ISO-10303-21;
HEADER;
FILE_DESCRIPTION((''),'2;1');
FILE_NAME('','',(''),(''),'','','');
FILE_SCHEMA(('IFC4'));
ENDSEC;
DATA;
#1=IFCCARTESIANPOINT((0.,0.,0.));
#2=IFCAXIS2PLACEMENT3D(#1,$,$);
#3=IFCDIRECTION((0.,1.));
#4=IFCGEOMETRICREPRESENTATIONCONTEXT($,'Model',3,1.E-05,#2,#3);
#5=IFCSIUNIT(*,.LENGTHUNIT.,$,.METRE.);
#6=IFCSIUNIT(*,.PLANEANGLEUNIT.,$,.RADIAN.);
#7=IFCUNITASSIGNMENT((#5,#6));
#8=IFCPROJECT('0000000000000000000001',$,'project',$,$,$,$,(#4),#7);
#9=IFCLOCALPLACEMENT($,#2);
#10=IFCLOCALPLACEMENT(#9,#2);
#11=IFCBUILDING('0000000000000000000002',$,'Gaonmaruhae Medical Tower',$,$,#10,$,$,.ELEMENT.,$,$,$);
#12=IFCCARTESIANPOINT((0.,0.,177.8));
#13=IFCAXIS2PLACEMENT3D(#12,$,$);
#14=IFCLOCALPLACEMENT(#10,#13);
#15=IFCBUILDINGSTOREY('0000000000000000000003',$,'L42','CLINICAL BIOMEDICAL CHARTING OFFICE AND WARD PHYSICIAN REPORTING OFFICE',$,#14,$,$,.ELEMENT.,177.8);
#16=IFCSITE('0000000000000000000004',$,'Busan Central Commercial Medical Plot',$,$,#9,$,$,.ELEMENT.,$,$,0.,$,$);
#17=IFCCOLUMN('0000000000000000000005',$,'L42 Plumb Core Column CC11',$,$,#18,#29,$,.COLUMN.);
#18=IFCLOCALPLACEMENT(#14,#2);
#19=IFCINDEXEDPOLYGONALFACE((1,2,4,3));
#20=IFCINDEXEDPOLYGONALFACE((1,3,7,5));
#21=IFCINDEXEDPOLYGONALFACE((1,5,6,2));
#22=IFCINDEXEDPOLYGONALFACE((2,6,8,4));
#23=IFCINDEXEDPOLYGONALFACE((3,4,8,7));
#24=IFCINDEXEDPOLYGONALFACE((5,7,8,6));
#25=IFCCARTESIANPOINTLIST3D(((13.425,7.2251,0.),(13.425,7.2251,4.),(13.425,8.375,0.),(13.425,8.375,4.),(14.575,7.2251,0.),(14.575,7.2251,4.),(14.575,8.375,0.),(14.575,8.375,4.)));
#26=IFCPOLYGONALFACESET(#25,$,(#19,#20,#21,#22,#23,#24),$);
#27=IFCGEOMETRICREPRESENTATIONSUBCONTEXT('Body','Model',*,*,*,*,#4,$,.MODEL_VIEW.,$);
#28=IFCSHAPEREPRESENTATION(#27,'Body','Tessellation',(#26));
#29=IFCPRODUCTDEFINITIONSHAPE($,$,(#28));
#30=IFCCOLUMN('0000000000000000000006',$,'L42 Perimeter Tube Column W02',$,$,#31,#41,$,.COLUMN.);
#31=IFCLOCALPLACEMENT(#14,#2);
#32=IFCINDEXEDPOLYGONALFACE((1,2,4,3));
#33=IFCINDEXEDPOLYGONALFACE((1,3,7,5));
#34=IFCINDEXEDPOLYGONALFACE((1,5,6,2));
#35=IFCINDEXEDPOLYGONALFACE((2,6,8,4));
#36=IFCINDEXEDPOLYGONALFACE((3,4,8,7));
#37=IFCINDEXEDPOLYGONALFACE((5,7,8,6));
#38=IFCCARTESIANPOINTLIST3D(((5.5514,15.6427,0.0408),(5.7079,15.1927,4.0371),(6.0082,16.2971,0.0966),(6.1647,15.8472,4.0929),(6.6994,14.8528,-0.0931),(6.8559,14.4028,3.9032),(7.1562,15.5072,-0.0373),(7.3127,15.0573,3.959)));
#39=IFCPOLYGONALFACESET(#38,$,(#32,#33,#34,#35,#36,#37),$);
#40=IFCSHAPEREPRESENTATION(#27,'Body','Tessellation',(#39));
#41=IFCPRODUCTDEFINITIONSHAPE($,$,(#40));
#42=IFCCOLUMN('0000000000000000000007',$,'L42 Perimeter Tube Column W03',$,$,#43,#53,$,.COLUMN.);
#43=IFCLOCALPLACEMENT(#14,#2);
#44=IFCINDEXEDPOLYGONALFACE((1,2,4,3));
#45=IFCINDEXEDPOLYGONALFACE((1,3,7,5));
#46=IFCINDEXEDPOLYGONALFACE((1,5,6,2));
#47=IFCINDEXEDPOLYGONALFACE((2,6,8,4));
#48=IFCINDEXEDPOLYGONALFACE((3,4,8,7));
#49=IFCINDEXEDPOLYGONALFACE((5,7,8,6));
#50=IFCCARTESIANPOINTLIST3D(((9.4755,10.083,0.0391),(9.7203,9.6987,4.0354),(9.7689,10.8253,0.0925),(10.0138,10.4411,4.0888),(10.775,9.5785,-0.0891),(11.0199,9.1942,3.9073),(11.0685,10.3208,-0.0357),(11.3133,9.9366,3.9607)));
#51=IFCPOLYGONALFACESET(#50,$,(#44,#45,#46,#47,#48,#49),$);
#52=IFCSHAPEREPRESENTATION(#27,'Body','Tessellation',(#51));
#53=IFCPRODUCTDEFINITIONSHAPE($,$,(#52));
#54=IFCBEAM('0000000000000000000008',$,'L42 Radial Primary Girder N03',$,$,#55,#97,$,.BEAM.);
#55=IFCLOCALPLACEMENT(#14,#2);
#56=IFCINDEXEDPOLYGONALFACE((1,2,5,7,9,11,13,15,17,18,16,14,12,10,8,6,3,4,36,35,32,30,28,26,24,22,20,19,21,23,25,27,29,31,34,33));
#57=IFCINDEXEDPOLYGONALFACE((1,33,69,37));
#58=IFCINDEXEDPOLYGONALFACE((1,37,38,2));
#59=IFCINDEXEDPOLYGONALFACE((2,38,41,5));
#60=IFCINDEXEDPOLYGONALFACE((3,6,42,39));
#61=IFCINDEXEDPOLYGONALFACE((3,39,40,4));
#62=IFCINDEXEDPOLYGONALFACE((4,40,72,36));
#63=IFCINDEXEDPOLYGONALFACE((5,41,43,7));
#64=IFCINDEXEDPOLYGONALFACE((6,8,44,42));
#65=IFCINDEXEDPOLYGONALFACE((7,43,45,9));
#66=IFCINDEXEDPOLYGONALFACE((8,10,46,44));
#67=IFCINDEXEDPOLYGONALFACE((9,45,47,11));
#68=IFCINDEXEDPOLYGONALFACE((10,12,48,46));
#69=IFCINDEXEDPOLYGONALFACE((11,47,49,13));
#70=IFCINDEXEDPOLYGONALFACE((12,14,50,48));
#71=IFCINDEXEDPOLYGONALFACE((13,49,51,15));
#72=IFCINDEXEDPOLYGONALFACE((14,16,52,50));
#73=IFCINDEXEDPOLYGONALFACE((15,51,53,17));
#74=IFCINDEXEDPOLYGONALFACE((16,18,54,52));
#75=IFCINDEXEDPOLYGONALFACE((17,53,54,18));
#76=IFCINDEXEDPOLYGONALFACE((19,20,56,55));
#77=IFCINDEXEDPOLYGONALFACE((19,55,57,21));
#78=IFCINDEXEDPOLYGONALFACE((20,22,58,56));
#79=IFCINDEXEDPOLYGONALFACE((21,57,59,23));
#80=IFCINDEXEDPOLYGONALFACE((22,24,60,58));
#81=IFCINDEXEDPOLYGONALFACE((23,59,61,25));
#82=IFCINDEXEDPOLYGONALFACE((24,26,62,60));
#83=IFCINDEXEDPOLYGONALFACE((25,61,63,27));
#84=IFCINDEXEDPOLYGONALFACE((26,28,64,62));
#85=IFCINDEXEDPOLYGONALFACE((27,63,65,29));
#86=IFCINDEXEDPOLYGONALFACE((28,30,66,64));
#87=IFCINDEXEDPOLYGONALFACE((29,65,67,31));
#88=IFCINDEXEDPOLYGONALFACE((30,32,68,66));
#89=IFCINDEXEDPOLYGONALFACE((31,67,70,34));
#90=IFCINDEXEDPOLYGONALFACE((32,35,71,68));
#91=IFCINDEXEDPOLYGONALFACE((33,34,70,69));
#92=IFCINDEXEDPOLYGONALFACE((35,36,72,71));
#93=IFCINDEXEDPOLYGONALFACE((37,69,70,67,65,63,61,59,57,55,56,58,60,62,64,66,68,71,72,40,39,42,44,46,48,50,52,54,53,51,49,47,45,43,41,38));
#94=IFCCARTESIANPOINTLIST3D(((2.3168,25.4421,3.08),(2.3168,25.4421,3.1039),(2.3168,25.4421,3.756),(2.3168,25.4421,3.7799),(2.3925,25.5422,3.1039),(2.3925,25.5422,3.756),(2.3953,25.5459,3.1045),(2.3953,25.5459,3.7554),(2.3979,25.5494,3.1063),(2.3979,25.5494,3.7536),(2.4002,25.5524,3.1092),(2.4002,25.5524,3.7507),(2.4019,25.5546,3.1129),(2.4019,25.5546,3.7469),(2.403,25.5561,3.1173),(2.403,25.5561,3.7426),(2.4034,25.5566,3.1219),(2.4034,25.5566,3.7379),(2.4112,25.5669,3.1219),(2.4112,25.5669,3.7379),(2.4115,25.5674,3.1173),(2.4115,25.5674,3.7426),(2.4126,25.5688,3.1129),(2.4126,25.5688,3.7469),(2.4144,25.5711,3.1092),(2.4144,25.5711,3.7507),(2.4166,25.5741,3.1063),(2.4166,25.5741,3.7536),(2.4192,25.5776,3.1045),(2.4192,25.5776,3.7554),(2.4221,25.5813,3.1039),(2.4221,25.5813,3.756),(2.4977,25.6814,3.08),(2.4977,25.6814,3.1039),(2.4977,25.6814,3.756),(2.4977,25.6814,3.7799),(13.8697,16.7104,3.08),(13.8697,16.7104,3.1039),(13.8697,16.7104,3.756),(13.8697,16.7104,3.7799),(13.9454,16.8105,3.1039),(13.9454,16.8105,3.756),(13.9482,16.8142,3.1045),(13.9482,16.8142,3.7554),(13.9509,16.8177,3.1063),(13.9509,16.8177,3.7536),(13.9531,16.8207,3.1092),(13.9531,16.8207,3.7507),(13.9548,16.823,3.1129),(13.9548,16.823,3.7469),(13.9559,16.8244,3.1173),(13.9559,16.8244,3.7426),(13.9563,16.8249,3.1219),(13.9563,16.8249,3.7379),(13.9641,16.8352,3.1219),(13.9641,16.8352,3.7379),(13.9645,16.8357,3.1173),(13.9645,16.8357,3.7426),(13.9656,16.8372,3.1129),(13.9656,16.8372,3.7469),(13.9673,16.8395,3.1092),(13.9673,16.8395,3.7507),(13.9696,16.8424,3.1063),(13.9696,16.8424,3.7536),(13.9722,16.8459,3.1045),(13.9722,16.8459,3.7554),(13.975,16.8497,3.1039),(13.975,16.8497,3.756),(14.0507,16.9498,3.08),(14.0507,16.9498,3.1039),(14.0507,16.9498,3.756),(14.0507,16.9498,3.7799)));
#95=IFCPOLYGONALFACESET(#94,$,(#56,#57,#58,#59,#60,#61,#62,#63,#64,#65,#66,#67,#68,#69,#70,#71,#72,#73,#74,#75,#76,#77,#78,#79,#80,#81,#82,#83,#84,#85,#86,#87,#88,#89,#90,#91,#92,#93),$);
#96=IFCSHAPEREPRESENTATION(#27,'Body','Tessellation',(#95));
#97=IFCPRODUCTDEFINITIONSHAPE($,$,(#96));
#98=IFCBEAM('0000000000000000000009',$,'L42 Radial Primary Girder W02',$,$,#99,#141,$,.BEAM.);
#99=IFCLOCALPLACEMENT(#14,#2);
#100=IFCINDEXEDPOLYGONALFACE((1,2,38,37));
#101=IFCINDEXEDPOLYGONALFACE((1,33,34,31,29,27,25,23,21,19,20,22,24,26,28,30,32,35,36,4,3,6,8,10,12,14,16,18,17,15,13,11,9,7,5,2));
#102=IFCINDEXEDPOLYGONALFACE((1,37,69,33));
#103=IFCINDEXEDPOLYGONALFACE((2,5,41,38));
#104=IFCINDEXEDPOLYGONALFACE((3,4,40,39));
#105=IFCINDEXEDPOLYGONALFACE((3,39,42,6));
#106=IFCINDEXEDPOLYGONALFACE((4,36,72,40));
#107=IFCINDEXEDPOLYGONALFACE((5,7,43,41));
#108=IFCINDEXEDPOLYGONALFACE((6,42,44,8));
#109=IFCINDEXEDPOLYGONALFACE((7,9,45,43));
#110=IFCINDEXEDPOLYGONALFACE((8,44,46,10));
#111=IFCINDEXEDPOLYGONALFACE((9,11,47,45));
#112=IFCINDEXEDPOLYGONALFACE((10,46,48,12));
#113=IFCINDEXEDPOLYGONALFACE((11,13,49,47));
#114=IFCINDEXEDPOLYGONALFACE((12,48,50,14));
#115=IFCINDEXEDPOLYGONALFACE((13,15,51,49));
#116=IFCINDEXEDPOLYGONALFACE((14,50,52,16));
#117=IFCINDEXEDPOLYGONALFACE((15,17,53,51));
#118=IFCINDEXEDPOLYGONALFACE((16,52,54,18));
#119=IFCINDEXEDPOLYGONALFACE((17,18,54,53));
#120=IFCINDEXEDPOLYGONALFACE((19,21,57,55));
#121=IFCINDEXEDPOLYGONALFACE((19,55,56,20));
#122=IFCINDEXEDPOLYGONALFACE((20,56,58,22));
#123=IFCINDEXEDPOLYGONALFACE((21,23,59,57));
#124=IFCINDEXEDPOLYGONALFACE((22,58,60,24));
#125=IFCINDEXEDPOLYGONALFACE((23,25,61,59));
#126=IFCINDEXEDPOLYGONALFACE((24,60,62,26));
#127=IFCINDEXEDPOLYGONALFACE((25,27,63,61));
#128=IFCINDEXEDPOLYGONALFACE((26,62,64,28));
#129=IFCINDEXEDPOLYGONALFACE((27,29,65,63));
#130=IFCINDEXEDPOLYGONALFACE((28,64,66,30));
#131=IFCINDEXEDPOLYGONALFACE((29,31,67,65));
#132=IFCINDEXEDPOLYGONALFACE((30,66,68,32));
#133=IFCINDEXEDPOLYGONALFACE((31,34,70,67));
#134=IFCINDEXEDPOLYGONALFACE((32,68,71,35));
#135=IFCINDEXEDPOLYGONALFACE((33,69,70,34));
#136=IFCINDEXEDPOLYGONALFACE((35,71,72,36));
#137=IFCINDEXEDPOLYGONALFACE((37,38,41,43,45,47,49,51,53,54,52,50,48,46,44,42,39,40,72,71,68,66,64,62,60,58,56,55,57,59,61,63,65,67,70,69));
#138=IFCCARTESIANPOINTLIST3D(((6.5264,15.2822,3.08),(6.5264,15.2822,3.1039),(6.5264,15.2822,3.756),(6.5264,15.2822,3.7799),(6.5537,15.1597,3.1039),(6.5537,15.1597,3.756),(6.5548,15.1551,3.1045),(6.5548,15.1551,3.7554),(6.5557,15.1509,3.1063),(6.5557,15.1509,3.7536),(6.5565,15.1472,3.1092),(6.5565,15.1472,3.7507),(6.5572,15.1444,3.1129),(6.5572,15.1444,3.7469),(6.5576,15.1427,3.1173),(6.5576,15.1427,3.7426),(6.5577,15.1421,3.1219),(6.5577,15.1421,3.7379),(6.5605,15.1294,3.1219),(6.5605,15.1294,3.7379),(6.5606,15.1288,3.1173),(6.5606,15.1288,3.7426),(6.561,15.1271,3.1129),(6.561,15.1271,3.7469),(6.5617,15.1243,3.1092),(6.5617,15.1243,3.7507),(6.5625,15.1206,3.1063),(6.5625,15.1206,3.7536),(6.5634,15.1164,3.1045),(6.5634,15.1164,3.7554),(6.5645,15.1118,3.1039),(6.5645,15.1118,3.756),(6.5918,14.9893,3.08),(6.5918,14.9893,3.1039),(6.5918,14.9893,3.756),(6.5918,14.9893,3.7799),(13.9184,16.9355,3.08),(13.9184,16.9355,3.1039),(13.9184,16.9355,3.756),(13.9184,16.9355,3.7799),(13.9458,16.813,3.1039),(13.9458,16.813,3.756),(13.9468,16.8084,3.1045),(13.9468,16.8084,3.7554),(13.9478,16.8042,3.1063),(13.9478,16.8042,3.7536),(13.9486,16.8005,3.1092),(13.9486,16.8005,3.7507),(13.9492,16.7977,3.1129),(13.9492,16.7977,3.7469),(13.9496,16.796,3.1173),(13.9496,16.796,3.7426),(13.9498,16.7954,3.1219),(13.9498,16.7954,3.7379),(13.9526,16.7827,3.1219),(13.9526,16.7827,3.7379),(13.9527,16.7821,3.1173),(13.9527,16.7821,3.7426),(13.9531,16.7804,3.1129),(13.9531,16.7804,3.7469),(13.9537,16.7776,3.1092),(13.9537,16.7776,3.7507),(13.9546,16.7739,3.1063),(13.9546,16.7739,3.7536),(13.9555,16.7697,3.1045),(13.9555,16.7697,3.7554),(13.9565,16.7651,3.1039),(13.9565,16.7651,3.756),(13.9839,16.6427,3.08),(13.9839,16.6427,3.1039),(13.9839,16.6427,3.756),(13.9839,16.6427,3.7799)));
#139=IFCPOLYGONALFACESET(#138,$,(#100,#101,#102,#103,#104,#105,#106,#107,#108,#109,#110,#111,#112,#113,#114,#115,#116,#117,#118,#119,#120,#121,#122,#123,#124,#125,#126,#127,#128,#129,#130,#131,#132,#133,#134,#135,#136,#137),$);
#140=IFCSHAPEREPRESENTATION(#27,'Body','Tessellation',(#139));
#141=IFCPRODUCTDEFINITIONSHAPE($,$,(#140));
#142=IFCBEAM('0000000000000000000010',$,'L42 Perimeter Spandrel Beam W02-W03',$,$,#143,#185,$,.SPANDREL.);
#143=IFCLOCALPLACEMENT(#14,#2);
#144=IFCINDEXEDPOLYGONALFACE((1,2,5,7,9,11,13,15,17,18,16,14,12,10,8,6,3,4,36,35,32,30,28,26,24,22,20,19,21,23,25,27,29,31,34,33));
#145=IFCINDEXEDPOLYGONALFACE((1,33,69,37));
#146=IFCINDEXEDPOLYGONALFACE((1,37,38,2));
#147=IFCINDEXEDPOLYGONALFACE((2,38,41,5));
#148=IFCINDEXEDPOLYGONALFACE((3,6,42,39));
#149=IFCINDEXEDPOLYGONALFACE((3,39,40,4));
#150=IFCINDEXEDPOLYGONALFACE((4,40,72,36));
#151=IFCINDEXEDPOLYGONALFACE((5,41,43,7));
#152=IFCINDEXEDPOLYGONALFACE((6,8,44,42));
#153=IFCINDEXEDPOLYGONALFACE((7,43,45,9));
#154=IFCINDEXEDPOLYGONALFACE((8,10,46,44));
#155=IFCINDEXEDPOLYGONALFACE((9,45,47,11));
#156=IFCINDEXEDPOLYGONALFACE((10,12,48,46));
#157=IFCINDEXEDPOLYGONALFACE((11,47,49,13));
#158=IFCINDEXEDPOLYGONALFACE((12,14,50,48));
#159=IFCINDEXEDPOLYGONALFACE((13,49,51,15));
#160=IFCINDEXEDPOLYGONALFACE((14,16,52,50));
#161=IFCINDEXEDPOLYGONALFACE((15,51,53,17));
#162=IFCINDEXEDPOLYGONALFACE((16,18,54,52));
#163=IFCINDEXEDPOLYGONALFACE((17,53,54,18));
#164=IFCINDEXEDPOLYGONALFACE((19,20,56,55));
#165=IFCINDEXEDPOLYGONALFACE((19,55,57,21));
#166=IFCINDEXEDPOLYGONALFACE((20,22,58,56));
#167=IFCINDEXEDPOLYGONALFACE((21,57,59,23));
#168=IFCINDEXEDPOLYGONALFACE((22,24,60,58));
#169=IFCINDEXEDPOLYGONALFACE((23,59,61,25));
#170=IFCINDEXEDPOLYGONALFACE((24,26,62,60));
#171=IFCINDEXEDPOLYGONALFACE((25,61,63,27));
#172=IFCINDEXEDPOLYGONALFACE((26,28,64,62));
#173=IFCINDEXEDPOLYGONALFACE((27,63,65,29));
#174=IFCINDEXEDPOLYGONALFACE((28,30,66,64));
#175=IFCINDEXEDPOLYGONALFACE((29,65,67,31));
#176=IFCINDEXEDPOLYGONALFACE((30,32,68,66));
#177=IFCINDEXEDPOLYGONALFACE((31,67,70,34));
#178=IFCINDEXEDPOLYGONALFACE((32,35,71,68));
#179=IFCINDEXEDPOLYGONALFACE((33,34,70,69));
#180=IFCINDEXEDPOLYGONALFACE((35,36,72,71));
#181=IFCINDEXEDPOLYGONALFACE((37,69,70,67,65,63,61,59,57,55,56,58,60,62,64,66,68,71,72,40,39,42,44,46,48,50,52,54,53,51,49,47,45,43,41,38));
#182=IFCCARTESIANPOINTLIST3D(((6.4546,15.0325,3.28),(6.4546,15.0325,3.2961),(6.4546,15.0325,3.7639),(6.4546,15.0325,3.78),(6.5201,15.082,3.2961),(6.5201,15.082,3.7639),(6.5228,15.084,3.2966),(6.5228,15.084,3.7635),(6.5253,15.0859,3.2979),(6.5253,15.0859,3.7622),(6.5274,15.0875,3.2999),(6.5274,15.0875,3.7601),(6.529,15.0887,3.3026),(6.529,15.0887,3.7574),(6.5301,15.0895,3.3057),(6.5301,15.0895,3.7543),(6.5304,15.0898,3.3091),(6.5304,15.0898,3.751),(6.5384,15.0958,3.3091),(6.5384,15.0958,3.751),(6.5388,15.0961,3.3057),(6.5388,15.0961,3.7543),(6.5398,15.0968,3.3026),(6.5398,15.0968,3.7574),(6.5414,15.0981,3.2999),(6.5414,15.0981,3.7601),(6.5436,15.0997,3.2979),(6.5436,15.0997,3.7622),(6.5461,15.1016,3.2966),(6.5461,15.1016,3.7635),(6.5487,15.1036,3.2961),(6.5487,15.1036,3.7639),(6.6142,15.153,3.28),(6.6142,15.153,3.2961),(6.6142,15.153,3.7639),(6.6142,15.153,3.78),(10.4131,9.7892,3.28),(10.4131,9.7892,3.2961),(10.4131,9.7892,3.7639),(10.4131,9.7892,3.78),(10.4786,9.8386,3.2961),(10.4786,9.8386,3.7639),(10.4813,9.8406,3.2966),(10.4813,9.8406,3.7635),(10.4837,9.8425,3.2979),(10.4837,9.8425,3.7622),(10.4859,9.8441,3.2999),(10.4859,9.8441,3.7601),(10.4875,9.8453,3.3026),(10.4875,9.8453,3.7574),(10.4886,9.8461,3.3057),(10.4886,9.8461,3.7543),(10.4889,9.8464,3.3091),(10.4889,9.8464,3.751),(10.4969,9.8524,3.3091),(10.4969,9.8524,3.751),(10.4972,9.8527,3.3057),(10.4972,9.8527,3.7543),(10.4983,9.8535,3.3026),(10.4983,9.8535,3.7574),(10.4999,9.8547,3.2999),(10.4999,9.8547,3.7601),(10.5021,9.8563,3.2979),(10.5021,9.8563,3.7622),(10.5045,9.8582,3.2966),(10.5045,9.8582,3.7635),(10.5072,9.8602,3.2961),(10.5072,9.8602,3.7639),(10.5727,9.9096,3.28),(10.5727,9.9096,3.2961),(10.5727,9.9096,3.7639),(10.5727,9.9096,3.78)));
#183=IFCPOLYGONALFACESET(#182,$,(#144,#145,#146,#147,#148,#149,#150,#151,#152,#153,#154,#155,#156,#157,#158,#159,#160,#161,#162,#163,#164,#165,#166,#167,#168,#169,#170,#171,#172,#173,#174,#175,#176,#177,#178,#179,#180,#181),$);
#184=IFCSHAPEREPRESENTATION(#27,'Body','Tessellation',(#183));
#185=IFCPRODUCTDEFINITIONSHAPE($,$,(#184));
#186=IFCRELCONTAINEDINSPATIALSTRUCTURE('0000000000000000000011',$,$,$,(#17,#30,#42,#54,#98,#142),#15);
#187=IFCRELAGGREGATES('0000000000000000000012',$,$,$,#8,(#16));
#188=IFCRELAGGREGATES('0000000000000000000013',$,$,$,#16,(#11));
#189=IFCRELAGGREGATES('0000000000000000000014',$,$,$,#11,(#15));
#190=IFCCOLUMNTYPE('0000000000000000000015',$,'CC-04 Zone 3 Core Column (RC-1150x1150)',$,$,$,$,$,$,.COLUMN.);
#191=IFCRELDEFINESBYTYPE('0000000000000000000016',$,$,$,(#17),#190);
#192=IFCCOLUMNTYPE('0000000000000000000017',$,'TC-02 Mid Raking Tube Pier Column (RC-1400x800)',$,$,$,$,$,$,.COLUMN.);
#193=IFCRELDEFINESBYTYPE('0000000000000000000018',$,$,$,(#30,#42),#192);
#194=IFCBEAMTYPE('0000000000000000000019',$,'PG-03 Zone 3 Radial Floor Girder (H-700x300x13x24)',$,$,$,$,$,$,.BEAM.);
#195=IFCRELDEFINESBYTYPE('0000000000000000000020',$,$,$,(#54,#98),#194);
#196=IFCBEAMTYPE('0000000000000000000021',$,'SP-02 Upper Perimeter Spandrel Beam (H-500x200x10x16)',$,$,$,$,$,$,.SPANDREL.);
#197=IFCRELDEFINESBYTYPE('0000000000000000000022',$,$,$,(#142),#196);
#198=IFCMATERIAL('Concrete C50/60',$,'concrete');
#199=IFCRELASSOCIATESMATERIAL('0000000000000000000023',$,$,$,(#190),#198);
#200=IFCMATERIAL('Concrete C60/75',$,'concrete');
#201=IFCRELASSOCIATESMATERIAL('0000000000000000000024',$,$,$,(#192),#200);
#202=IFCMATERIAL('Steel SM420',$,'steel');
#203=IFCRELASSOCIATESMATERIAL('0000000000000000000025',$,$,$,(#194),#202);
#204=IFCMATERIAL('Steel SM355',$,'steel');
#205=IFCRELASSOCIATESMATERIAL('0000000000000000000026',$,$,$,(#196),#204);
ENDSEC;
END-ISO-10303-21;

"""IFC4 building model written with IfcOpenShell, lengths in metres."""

from ifc_helpers import new_model, si_unit, direction, frame, origin, origin_2d, place, context, subcontext, project, spatial, rectangle, i_section, extrude, material, material_profile, profile_set, type_object, element, save


model = new_model("IFC4")

# Units and contexts
model_context = context("Model", 3, precision=1e-05, world=origin(), true_north=direction((0.0, 1.0)))
body_context = subcontext(model_context, "Body", "Model", "MODEL_VIEW")
ifc_project = project(units=[si_unit("LENGTHUNIT", "METRE"), si_unit("PLANEANGLEUNIT", "RADIAN")], contexts=[model_context])

# Site, building, storey
site_placement = place(None, origin())
site = spatial("IfcSite", under=ifc_project, at=site_placement, Name="Busan Central Commercial Medical Plot", CompositionType="ELEMENT", RefElevation=0.0)
building_placement = place(site_placement, origin())
building = spatial("IfcBuilding", under=site, at=building_placement, Name="Gaonmaruhae Medical Tower", CompositionType="ELEMENT")
storey_placement = place(building_placement, frame((0.0, 0.0, 177.8)))
storey = spatial("IfcBuildingStorey", under=building, at=storey_placement, Name="L42", Description="CLINICAL BIOMEDICAL CHARTING OFFICE AND WARD PHYSICIAN REPORTING OFFICE", CompositionType="ELEMENT", Elevation=177.8)

# Columns
ifc_material_1 = material(Name="Concrete C50/60", Category="concrete")
ifc_material_profile_1 = material_profile(ifc_material_1, rectangle(XDim=1.1499, YDim=1.1499, at=origin_2d()), Name="RC-1150x1150")
ifc_profile_set_1 = profile_set([ifc_material_profile_1], Name="Concrete C50/60")
column_type_1 = type_object("IfcColumnType", Name="CC-04 Zone 3 Core Column (RC-1150x1150)", PredefinedType="COLUMN", material=ifc_profile_set_1)
column_1_placement = place(storey_placement, frame((14.0, 7.8, 0.0), z_axis=(0.0, 0.0, 1.0), x_axis=(1.0, 0.0, 0.0)))
element("IfcColumn", 1, at=column_1_placement, inside=storey, type_object=column_type_1, Name="L42 Plumb Core Column CC11", PredefinedType="COLUMN", context=body_context, shape_type="SweptSolid", body=[
    extrude(rectangle(XDim=1.1499, YDim=1.1499, at=origin_2d()), origin(), (0.0, 0.0, 1.0), 4.0),
])
ifc_material_2 = material(Name="Concrete C60/75", Category="concrete")
ifc_material_profile_2 = material_profile(ifc_material_2, rectangle(XDim=1.3999, YDim=0.8, at=origin_2d()), Name="RC-1400x800")
ifc_profile_set_2 = profile_set([ifc_material_profile_2], Name="Concrete C60/75")
column_type_2 = type_object("IfcColumnType", Name="TC-02 Mid Raking Tube Pier Column (RC-1400x800)", PredefinedType="COLUMN", material=ifc_profile_set_2)
column_2_placement = place(storey_placement, frame((6.3538, 15.575, 0.0017), z_axis=(0.038884, -0.111799, 0.99297), x_axis=(-0.820057, 0.564233, 0.09564)))
element("IfcColumn", 2, at=column_2_placement, inside=storey, type_object=column_type_2, Name="L42 Perimeter Tube Column W02", PredefinedType="COLUMN", context=body_context, shape_type="SweptSolid", body=[
    extrude(rectangle(XDim=1.3999, YDim=0.8, at=origin_2d()), origin(), (0.0, 0.0, 1.0), 4.0247),
])
column_3_placement = place(storey_placement, frame((10.272, 10.2019, 0.0017), z_axis=(0.06088, -0.095538, 0.993562), x_axis=(-0.928302, 0.360384, 0.091535)))
element("IfcColumn", 3, at=column_3_placement, inside=storey, type_object=column_type_2, Name="L42 Perimeter Tube Column W03", PredefinedType="COLUMN", context=body_context, shape_type="SweptSolid", body=[
    extrude(rectangle(XDim=1.3999, YDim=0.8, at=origin_2d()), origin(), (0.0, 0.0, 1.0), 4.0222),
])

# Beams
ifc_material_3 = material(Name="Steel SM420", Category="steel")
ifc_material_profile_3 = material_profile(ifc_material_3, i_section(OverallWidth=0.3, OverallDepth=0.7, WebThickness=0.0129, FlangeThickness=0.0239, FilletRadius=0.0181, at=origin_2d()), Name="H-700x300x13x24")
ifc_profile_set_3 = profile_set([ifc_material_profile_3], Name="Steel SM420")
beam_type_1 = type_object("IfcBeamType", Name="PG-03 Zone 3 Radial Floor Girder (H-700x300x13x24)", PredefinedType="BEAM", material=ifc_profile_set_3)
beam_1_placement = place(storey_placement, frame((13.9602, 16.8301, 3.4299), z_axis=(-0.797775, 0.602955, 0.0), x_axis=(-0.602955, -0.797775, 0.0)))
element("IfcBeam", 4, at=beam_1_placement, inside=storey, type_object=beam_type_1, Name="L42 Radial Primary Girder N03", PredefinedType="BEAM", context=body_context, shape_type="SweptSolid", body=[
    extrude(i_section(OverallWidth=0.3, OverallDepth=0.7, WebThickness=0.0129, FlangeThickness=0.0239, FilletRadius=0.0181, at=origin_2d()), origin(), (0.0, 0.0, 1.0), 14.4814),
])
beam_2_placement = place(storey_placement, frame((13.9512, 16.7891, 3.4299), z_axis=(-0.975889, -0.218268, 0.0), x_axis=(0.218268, -0.975889, 0.0)))
element("IfcBeam", 5, at=beam_2_placement, inside=storey, type_object=beam_type_1, Name="L42 Radial Primary Girder W02", PredefinedType="BEAM", context=body_context, shape_type="SweptSolid", body=[
    extrude(i_section(OverallWidth=0.3, OverallDepth=0.7, WebThickness=0.0129, FlangeThickness=0.0239, FilletRadius=0.0181, at=origin_2d()), origin(), (0.0, 0.0, 1.0), 7.5747),
])
ifc_material_4 = material(Name="Steel SM355", Category="steel")
ifc_material_profile_4 = material_profile(ifc_material_4, i_section(OverallWidth=0.2, OverallDepth=0.5, WebThickness=0.01, FlangeThickness=0.0161, FilletRadius=0.0129, at=origin_2d()), Name="H-500x200x10x16")
ifc_profile_set_4 = profile_set([ifc_material_profile_4], Name="Steel SM355")
beam_type_2 = type_object("IfcBeamType", Name="SP-02 Upper Perimeter Spandrel Beam (H-500x200x10x16)", PredefinedType="SPANDREL", material=ifc_profile_set_4)
beam_3_placement = place(storey_placement, frame((6.5344, 15.0928, 3.53), z_axis=(0.602524, -0.798101, 0.0), x_axis=(0.798101, 0.602524, 0.0)))
element("IfcBeam", 6, at=beam_3_placement, inside=storey, type_object=beam_type_2, Name="L42 Perimeter Spandrel Beam W02-W03", PredefinedType="SPANDREL", context=body_context, shape_type="SweptSolid", body=[
    extrude(i_section(OverallWidth=0.2, OverallDepth=0.5, WebThickness=0.01, FlangeThickness=0.0161, FilletRadius=0.0129, at=origin_2d()), origin(), (0.0, 0.0, 1.0), 6.5698),
])

save(model, "model.ifc")
